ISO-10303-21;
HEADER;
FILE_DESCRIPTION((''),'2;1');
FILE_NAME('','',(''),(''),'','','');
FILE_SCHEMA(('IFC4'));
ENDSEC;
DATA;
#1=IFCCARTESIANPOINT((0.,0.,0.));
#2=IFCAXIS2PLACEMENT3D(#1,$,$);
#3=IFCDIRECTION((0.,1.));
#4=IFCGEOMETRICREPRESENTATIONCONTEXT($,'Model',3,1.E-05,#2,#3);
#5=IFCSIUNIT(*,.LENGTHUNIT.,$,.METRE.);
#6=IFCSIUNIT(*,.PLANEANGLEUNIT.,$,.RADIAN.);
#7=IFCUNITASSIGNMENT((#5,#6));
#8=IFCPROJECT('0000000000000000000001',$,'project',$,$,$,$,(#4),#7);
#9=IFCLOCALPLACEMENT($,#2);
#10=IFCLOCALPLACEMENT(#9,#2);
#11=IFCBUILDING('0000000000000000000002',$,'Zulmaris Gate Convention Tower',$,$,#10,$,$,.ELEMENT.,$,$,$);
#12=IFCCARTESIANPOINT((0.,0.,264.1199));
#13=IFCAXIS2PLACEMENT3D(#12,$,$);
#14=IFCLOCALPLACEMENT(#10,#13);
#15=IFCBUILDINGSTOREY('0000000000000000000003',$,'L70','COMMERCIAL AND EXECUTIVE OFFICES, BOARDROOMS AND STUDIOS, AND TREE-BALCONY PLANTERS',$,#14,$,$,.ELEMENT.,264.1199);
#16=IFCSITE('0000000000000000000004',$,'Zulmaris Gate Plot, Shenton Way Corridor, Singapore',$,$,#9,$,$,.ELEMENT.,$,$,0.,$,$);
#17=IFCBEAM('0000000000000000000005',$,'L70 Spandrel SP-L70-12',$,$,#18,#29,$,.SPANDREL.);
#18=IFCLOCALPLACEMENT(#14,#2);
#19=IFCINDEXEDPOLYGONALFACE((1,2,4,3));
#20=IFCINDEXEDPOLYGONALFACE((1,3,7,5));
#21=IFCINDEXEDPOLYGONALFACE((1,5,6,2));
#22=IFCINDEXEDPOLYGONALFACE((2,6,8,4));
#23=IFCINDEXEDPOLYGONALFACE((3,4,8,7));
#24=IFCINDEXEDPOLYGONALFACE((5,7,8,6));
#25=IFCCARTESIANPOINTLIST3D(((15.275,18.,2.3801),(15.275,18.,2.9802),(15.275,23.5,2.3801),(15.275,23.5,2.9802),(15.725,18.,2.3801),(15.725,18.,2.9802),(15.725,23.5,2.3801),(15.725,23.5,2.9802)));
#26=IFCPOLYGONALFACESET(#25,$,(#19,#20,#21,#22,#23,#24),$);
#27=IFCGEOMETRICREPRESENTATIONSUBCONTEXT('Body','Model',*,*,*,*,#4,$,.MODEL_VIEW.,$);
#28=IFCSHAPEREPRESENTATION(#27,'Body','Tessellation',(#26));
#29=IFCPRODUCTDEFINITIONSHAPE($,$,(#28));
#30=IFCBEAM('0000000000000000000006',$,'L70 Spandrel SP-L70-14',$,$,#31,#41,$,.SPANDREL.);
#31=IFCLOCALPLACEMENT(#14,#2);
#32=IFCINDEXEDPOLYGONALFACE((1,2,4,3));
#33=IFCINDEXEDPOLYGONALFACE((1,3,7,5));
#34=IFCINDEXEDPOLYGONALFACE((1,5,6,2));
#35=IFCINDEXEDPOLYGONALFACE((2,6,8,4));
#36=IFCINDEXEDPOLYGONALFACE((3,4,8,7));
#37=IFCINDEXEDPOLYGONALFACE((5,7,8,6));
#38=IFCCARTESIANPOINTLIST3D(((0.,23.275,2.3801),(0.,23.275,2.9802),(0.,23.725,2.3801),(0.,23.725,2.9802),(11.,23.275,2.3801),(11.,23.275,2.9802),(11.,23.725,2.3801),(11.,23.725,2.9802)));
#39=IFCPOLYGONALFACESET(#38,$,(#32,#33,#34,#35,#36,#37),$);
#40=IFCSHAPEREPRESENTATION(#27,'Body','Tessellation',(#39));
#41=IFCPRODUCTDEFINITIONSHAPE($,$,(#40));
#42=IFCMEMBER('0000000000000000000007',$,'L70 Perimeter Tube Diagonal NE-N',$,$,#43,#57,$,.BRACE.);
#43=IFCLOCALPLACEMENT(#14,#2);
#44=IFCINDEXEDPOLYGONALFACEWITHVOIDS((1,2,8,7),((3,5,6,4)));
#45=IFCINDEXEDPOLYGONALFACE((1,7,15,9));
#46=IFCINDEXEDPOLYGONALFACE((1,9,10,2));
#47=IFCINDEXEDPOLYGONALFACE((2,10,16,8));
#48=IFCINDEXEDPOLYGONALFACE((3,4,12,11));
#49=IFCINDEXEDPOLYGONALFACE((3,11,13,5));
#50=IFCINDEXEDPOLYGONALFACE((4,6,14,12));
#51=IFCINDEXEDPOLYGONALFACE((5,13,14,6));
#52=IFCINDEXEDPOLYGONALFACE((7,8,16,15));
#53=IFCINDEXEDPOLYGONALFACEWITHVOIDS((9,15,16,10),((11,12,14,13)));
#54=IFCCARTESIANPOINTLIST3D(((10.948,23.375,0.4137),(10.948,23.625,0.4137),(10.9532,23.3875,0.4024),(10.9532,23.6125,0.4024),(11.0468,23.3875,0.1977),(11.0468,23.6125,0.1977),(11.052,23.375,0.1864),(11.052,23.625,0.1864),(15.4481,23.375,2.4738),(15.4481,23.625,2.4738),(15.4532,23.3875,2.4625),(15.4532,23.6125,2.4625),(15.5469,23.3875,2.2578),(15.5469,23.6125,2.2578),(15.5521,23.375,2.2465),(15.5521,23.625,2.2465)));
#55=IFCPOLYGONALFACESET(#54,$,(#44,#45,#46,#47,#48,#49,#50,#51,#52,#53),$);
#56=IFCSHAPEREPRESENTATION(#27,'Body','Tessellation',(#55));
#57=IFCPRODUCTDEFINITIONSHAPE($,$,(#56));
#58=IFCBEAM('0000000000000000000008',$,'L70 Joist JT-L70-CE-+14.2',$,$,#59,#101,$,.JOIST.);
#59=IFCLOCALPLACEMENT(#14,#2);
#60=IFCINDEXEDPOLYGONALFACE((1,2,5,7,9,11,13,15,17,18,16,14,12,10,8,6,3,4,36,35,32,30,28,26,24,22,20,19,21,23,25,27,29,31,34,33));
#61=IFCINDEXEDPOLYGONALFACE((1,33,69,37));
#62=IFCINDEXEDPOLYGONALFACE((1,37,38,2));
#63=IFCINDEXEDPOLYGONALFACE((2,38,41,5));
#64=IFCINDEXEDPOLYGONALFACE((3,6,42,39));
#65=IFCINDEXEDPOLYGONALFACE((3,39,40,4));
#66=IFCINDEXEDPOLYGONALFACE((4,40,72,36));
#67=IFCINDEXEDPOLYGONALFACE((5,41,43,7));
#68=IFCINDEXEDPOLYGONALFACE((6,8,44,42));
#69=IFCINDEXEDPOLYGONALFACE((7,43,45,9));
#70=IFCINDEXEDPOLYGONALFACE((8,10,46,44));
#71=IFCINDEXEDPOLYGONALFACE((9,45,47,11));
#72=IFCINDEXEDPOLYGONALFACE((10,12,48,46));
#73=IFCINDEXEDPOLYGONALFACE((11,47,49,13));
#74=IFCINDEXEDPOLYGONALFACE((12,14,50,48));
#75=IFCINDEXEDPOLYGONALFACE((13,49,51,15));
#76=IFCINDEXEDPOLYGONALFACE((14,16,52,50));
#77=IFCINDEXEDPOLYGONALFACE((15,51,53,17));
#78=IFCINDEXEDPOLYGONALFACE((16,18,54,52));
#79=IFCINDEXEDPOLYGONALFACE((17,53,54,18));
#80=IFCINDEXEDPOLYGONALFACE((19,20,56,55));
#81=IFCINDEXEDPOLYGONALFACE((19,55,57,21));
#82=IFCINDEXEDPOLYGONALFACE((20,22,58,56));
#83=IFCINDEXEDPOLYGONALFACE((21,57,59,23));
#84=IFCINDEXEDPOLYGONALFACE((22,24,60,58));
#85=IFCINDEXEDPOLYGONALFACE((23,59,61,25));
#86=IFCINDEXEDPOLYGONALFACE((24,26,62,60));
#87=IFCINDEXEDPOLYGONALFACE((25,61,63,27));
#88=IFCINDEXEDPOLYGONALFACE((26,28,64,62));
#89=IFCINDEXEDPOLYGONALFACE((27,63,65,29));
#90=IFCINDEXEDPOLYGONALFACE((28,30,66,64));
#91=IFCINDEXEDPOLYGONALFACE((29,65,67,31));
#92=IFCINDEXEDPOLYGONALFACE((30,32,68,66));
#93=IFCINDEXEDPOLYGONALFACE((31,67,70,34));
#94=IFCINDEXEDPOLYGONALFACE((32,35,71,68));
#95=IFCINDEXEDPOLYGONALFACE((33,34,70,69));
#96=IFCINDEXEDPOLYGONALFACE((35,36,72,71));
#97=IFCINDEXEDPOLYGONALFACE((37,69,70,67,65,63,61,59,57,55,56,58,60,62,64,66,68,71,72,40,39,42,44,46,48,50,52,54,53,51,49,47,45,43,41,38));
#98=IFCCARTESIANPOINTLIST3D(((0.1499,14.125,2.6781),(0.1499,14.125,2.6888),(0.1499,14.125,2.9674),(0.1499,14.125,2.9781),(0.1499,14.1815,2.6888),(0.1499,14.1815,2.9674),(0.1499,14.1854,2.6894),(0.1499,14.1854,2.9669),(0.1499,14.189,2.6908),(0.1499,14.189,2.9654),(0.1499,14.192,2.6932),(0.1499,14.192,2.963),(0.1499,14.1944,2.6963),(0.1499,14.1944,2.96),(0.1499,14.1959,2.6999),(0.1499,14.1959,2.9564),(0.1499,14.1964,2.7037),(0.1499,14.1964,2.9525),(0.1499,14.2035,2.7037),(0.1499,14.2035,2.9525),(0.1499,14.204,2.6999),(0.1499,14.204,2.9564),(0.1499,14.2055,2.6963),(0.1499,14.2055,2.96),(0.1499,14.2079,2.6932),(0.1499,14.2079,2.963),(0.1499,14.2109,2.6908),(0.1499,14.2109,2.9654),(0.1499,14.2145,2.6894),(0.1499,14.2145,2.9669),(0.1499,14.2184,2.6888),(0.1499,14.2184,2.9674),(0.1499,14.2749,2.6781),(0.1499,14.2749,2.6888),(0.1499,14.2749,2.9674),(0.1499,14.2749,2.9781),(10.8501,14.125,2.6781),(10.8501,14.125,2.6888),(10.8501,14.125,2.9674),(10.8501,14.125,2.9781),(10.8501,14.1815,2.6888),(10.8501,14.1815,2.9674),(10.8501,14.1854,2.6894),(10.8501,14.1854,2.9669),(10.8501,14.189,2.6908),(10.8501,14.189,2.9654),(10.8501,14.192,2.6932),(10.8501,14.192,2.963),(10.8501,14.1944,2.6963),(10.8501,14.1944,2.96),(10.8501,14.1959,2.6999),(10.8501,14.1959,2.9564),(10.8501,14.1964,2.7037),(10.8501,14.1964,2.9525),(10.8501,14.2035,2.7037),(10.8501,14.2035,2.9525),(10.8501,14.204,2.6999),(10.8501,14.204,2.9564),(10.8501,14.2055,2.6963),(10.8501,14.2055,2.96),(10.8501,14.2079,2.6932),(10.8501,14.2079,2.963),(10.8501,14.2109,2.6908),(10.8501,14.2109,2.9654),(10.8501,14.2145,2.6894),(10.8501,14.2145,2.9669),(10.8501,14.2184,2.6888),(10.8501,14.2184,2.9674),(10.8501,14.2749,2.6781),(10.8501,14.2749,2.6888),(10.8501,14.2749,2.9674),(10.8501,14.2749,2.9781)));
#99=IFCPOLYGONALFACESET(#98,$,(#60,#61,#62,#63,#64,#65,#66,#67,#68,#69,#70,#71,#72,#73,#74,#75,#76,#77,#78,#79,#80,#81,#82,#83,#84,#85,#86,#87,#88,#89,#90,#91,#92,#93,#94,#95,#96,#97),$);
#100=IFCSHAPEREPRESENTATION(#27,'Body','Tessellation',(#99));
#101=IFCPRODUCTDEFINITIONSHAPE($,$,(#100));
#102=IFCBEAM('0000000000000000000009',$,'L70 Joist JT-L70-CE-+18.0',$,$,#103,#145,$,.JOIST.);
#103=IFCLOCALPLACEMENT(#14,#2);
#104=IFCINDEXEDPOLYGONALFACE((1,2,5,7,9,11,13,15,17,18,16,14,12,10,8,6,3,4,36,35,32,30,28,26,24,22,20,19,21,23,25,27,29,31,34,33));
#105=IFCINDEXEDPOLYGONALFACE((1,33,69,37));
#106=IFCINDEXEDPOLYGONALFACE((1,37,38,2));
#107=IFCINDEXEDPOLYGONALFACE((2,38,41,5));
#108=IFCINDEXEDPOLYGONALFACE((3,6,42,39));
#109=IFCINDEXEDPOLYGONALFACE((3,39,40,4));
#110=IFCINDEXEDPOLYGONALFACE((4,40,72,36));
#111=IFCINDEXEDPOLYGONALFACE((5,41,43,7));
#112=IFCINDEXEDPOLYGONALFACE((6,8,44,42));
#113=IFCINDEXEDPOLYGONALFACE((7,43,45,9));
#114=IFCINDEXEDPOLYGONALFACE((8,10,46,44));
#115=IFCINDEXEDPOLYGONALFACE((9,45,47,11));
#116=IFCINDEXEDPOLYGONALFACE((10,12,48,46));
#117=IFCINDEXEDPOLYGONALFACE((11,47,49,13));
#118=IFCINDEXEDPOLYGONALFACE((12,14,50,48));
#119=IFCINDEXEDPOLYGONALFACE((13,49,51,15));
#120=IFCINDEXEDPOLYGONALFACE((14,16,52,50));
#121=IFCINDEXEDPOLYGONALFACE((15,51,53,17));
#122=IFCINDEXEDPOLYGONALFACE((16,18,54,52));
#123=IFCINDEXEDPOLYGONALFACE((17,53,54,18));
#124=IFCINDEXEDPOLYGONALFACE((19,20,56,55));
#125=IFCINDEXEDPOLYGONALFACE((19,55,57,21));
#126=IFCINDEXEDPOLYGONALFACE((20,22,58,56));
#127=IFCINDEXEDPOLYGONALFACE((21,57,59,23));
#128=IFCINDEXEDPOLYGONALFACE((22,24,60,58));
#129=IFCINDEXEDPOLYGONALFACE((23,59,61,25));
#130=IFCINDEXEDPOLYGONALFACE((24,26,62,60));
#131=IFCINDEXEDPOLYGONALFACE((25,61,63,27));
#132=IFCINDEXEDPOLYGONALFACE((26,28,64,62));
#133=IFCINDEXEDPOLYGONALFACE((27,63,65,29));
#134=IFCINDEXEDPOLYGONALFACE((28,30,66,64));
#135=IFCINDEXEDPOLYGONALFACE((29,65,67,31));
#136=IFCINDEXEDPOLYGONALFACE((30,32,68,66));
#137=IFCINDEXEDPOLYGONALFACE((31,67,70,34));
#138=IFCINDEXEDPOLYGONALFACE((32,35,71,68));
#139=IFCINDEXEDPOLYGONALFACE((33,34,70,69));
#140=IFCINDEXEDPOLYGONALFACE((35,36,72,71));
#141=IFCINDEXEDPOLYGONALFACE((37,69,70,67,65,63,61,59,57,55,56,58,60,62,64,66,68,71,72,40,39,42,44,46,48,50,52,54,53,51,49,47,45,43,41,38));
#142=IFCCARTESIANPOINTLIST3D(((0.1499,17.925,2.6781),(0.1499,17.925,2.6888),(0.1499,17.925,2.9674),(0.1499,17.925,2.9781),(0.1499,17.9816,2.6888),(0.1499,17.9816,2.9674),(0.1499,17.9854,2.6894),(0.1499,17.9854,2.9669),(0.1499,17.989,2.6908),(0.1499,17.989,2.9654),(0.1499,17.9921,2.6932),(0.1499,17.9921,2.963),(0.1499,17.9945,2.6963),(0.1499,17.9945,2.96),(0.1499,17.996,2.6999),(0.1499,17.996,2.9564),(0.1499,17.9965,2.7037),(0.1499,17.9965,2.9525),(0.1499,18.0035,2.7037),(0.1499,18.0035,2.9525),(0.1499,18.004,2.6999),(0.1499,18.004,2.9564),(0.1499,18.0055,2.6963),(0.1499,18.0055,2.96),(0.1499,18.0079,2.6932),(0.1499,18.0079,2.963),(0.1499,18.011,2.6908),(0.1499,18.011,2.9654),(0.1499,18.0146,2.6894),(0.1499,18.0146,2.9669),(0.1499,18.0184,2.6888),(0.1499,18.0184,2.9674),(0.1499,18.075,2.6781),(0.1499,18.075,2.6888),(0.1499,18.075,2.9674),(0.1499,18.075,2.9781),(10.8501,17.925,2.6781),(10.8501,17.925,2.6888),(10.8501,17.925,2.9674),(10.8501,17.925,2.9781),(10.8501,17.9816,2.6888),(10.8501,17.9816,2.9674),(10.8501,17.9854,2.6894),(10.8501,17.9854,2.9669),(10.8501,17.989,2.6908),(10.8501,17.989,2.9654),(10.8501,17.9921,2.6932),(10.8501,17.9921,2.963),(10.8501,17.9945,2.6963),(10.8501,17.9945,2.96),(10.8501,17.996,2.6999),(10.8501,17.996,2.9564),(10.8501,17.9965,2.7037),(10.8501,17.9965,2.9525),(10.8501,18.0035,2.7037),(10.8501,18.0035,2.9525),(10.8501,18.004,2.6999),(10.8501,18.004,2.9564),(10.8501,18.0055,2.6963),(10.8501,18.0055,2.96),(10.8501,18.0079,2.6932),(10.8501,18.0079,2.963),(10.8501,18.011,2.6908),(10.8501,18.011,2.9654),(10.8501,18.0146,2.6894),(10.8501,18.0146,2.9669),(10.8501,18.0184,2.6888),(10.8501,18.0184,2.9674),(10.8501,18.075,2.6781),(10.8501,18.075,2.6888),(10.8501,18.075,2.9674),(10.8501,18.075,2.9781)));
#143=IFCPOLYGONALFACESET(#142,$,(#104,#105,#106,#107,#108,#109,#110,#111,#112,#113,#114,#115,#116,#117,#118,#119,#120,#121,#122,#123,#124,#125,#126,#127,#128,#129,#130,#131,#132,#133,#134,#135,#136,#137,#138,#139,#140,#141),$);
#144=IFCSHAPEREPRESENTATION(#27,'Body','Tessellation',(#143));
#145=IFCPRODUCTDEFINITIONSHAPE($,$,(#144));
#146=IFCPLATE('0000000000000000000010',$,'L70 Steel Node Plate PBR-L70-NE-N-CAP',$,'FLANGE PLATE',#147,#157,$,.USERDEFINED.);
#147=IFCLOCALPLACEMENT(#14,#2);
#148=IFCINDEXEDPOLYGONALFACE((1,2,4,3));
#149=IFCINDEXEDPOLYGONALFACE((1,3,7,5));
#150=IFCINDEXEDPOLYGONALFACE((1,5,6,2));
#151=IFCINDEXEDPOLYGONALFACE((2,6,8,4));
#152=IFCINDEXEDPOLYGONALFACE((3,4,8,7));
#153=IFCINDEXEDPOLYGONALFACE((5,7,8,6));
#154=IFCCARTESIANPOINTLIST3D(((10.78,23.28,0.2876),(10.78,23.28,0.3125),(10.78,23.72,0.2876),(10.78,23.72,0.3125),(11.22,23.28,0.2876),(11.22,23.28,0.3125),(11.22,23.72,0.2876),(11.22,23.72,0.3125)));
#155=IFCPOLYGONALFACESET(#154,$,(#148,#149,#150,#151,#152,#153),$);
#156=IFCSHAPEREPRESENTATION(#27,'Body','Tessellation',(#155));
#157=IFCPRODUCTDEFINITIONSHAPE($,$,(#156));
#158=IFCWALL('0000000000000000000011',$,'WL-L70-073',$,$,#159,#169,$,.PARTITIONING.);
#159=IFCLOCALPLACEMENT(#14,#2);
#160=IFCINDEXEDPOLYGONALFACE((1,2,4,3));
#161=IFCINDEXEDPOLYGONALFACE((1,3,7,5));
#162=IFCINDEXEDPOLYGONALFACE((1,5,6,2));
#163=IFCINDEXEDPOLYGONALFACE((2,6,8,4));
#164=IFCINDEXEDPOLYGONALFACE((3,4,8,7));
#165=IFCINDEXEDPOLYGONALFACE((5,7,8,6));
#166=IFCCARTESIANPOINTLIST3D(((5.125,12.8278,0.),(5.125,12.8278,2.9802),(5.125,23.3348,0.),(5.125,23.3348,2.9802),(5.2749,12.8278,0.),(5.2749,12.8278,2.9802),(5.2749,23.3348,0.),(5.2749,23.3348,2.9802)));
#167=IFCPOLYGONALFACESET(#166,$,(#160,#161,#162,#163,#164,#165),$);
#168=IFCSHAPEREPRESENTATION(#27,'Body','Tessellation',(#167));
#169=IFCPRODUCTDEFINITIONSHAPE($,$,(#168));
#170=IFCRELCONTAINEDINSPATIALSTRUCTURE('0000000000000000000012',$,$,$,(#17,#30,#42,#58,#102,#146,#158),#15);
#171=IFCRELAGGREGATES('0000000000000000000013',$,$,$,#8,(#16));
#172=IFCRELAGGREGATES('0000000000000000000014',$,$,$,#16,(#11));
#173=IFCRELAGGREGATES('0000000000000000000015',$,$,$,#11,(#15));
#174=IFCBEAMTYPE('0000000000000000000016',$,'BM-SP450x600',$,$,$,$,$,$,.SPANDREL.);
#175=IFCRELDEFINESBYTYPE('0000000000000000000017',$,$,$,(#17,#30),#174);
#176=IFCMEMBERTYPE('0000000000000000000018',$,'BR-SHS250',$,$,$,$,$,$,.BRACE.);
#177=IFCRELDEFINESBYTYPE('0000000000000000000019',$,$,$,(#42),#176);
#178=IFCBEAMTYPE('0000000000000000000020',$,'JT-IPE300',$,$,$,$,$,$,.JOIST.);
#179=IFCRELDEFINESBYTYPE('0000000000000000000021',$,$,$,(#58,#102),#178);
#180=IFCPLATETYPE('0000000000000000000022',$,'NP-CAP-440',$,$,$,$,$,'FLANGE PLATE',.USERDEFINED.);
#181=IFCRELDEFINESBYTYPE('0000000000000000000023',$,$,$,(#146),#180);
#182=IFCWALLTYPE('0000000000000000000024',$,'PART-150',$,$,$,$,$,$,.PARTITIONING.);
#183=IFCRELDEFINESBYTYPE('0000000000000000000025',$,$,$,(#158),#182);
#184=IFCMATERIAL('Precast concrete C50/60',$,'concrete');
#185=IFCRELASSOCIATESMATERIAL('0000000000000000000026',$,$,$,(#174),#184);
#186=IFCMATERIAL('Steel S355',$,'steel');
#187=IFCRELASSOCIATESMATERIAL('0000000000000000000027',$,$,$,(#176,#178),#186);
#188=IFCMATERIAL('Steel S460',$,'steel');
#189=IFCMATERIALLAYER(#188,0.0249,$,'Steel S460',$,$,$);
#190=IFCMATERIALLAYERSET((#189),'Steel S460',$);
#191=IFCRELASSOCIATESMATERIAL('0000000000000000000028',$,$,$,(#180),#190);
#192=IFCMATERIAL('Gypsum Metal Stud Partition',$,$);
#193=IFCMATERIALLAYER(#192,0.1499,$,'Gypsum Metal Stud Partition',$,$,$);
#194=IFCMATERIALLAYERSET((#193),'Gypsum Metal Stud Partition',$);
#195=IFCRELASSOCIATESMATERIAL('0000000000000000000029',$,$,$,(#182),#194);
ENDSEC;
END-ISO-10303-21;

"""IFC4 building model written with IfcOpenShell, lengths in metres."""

from ifc_helpers import new_model, si_unit, direction, frame, frame_2d, origin, origin_2d, place, context, subcontext, project, spatial, rectangle, hollow_rectangle, i_section, extrude, material, layer, layer_set, material_profile, profile_set, type_object, element, save


model = new_model("IFC4")

# Units and contexts
model_context = context("Model", 3, precision=1e-05, world=origin(), true_north=direction((0.0, 1.0)))
body_context = subcontext(model_context, "Body", "Model", "MODEL_VIEW")
ifc_project = project(units=[si_unit("LENGTHUNIT", "METRE"), si_unit("PLANEANGLEUNIT", "RADIAN")], contexts=[model_context])

# Site, building, storey
site_placement = place(None, origin())
site = spatial("IfcSite", under=ifc_project, at=site_placement, Name="Zulmaris Gate Plot, Shenton Way Corridor, Singapore", CompositionType="ELEMENT", RefElevation=0.0)
building_placement = place(site_placement, origin())
building = spatial("IfcBuilding", under=site, at=building_placement, Name="Zulmaris Gate Convention Tower", CompositionType="ELEMENT")
storey_placement = place(building_placement, frame((0.0, 0.0, 264.1199)))
storey = spatial("IfcBuildingStorey", under=building, at=storey_placement, Name="L70", Description="COMMERCIAL AND EXECUTIVE OFFICES, BOARDROOMS AND STUDIOS, AND TREE-BALCONY PLANTERS", CompositionType="ELEMENT", Elevation=264.1199)

# Beams
ifc_material_1 = material(Name="Steel S355", Category="steel")
ifc_material_2 = material(Name="Precast concrete C50/60", Category="concrete")
ifc_material_profile_1 = material_profile(ifc_material_2, rectangle(XDim=0.45, YDim=0.6001, at=origin_2d()), Name="RC SPANDREL 450x600")
ifc_profile_set_1 = profile_set([ifc_material_profile_1], Name="Precast concrete C50/60")
beam_type_1 = type_object("IfcBeamType", Name="BM-SP450x600", PredefinedType="SPANDREL", material=ifc_profile_set_1)
beam_1_placement = place(storey_placement, frame((15.5, 18.0, 2.6802), z_axis=(0.0, 1.0, 0.0), x_axis=(-1.0, 0.0, 0.0)))
element("IfcBeam", 1, at=beam_1_placement, inside=storey, type_object=beam_type_1, Name="L70 Spandrel SP-L70-12", PredefinedType="SPANDREL", context=body_context, shape_type="SweptSolid", body=[
    extrude(rectangle(XDim=0.45, YDim=0.6001, at=origin_2d()), origin(), (0.0, 0.0, 1.0), 5.5),
])
beam_2_placement = place(storey_placement, frame((11.0, 23.5, 2.6802), z_axis=(-1.0, 0.0, 0.0), x_axis=(0.0, -1.0, 0.0)))
element("IfcBeam", 2, at=beam_2_placement, inside=storey, type_object=beam_type_1, Name="L70 Spandrel SP-L70-14", PredefinedType="SPANDREL", context=body_context, shape_type="SweptSolid", body=[
    extrude(rectangle(XDim=0.45, YDim=0.6001, at=origin_2d()), origin(), (0.0, 0.0, 1.0), 11.0),
])

# Member
ifc_material_profile_2 = material_profile(ifc_material_1, hollow_rectangle(XDim=0.25, YDim=0.25, WallThickness=0.0125, at=origin_2d()), Name="SHS 250x250x12.5")
ifc_profile_set_2 = profile_set([ifc_material_profile_2], Name="Steel S355")
member_type = type_object("IfcMemberType", Name="BR-SHS250", PredefinedType="BRACE", material=ifc_profile_set_2)
member_placement = place(storey_placement, frame((11.0, 23.5, 0.3), z_axis=(0.909252, 0.0, 0.416247), x_axis=(0.0, 1.0, 0.0)))
element("IfcMember", 3, at=member_placement, inside=storey, type_object=member_type, Name="L70 Perimeter Tube Diagonal NE-N", PredefinedType="BRACE", context=body_context, shape_type="SweptSolid", body=[
    extrude(hollow_rectangle(XDim=0.25, YDim=0.25, WallThickness=0.0125, at=origin_2d()), origin(), (0.0, 0.0, 1.0), 4.9492),
])

# Beams
ifc_material_profile_3 = material_profile(ifc_material_1, i_section(OverallWidth=0.1499, OverallDepth=0.3, WebThickness=0.0071, FlangeThickness=0.0107, FilletRadius=0.0149, at=origin_2d()), Name="IPE 300")
ifc_profile_set_3 = profile_set([ifc_material_profile_3], Name="Steel S355")
beam_type_2 = type_object("IfcBeamType", Name="JT-IPE300", PredefinedType="JOIST", material=ifc_profile_set_3)
for number, where, z_axis, x_axis, name in (
    (4, (0.1499, 14.2, 2.8281), (1.0, 0.0, 0.0), (0.0, 1.0, 0.0), "L70 Joist JT-L70-CE-+14.2"),
    (5, (0.1499, 18.0, 2.8281), (1.0, 0.0, 0.0), (0.0, 1.0, 0.0), "L70 Joist JT-L70-CE-+18.0"),
):
    element("IfcBeam", number, at=place(storey_placement, frame(where, z_axis=z_axis, x_axis=x_axis)), inside=storey, type_object=beam_type_2, Name=name, PredefinedType="JOIST", context=body_context, shape_type="SweptSolid", body=[
        extrude(i_section(OverallWidth=0.1499, OverallDepth=0.3, WebThickness=0.0071, FlangeThickness=0.0107, FilletRadius=0.0149, at=origin_2d()), origin(), (0.0, 0.0, 1.0), 10.7002),
    ])

# Plate
ifc_material_3 = material(Name="Steel S460", Category="steel")
ifc_layer_1 = layer(ifc_material_3, 0.0249, Name="Steel S460")
ifc_layer_set_1 = layer_set([ifc_layer_1], Name="Steel S460")
plate_type = type_object("IfcPlateType", Name="NP-CAP-440", ElementType="FLANGE PLATE", PredefinedType="USERDEFINED", material=ifc_layer_set_1)
plate_placement = place(storey_placement, frame((11.0, 23.5, 0.2876), z_axis=(0.0, 0.0, 1.0), x_axis=(1.0, 0.0, 0.0)))
element("IfcPlate", 6, at=plate_placement, inside=storey, type_object=plate_type, Name="L70 Steel Node Plate PBR-L70-NE-N-CAP", ObjectType="FLANGE PLATE", PredefinedType="USERDEFINED", context=body_context, shape_type="SweptSolid", body=[
    extrude(rectangle(XDim=0.4399, YDim=0.4399, at=origin_2d()), origin(), (0.0, 0.0, 1.0), 0.0249),
])

# Wall
ifc_material_4 = material(Name="Gypsum Metal Stud Partition")
ifc_layer_2 = layer(ifc_material_4, 0.1499, Name="Gypsum Metal Stud Partition")
ifc_layer_set_2 = layer_set([ifc_layer_2], Name="Gypsum Metal Stud Partition")
wall_type_1 = type_object("IfcWallType", Name="PART-150", PredefinedType="PARTITIONING", material=ifc_layer_set_2)
wall_1_placement = place(storey_placement, frame((5.2, 12.8279, 0.0), z_axis=(0.0, 0.0, 1.0), x_axis=(0.0, 1.0, 0.0)))
element("IfcWall", 7, at=wall_1_placement, inside=storey, type_object=wall_type_1, Name="WL-L70-073", PredefinedType="PARTITIONING", context=body_context, shape_type="SweptSolid", body=[
    extrude(rectangle(XDim=10.5071, YDim=0.1499, at=frame_2d((5.2534, 0.0))), origin(), (0.0, 0.0, 1.0), 2.9802),
])

save(model, "model.ifc")
